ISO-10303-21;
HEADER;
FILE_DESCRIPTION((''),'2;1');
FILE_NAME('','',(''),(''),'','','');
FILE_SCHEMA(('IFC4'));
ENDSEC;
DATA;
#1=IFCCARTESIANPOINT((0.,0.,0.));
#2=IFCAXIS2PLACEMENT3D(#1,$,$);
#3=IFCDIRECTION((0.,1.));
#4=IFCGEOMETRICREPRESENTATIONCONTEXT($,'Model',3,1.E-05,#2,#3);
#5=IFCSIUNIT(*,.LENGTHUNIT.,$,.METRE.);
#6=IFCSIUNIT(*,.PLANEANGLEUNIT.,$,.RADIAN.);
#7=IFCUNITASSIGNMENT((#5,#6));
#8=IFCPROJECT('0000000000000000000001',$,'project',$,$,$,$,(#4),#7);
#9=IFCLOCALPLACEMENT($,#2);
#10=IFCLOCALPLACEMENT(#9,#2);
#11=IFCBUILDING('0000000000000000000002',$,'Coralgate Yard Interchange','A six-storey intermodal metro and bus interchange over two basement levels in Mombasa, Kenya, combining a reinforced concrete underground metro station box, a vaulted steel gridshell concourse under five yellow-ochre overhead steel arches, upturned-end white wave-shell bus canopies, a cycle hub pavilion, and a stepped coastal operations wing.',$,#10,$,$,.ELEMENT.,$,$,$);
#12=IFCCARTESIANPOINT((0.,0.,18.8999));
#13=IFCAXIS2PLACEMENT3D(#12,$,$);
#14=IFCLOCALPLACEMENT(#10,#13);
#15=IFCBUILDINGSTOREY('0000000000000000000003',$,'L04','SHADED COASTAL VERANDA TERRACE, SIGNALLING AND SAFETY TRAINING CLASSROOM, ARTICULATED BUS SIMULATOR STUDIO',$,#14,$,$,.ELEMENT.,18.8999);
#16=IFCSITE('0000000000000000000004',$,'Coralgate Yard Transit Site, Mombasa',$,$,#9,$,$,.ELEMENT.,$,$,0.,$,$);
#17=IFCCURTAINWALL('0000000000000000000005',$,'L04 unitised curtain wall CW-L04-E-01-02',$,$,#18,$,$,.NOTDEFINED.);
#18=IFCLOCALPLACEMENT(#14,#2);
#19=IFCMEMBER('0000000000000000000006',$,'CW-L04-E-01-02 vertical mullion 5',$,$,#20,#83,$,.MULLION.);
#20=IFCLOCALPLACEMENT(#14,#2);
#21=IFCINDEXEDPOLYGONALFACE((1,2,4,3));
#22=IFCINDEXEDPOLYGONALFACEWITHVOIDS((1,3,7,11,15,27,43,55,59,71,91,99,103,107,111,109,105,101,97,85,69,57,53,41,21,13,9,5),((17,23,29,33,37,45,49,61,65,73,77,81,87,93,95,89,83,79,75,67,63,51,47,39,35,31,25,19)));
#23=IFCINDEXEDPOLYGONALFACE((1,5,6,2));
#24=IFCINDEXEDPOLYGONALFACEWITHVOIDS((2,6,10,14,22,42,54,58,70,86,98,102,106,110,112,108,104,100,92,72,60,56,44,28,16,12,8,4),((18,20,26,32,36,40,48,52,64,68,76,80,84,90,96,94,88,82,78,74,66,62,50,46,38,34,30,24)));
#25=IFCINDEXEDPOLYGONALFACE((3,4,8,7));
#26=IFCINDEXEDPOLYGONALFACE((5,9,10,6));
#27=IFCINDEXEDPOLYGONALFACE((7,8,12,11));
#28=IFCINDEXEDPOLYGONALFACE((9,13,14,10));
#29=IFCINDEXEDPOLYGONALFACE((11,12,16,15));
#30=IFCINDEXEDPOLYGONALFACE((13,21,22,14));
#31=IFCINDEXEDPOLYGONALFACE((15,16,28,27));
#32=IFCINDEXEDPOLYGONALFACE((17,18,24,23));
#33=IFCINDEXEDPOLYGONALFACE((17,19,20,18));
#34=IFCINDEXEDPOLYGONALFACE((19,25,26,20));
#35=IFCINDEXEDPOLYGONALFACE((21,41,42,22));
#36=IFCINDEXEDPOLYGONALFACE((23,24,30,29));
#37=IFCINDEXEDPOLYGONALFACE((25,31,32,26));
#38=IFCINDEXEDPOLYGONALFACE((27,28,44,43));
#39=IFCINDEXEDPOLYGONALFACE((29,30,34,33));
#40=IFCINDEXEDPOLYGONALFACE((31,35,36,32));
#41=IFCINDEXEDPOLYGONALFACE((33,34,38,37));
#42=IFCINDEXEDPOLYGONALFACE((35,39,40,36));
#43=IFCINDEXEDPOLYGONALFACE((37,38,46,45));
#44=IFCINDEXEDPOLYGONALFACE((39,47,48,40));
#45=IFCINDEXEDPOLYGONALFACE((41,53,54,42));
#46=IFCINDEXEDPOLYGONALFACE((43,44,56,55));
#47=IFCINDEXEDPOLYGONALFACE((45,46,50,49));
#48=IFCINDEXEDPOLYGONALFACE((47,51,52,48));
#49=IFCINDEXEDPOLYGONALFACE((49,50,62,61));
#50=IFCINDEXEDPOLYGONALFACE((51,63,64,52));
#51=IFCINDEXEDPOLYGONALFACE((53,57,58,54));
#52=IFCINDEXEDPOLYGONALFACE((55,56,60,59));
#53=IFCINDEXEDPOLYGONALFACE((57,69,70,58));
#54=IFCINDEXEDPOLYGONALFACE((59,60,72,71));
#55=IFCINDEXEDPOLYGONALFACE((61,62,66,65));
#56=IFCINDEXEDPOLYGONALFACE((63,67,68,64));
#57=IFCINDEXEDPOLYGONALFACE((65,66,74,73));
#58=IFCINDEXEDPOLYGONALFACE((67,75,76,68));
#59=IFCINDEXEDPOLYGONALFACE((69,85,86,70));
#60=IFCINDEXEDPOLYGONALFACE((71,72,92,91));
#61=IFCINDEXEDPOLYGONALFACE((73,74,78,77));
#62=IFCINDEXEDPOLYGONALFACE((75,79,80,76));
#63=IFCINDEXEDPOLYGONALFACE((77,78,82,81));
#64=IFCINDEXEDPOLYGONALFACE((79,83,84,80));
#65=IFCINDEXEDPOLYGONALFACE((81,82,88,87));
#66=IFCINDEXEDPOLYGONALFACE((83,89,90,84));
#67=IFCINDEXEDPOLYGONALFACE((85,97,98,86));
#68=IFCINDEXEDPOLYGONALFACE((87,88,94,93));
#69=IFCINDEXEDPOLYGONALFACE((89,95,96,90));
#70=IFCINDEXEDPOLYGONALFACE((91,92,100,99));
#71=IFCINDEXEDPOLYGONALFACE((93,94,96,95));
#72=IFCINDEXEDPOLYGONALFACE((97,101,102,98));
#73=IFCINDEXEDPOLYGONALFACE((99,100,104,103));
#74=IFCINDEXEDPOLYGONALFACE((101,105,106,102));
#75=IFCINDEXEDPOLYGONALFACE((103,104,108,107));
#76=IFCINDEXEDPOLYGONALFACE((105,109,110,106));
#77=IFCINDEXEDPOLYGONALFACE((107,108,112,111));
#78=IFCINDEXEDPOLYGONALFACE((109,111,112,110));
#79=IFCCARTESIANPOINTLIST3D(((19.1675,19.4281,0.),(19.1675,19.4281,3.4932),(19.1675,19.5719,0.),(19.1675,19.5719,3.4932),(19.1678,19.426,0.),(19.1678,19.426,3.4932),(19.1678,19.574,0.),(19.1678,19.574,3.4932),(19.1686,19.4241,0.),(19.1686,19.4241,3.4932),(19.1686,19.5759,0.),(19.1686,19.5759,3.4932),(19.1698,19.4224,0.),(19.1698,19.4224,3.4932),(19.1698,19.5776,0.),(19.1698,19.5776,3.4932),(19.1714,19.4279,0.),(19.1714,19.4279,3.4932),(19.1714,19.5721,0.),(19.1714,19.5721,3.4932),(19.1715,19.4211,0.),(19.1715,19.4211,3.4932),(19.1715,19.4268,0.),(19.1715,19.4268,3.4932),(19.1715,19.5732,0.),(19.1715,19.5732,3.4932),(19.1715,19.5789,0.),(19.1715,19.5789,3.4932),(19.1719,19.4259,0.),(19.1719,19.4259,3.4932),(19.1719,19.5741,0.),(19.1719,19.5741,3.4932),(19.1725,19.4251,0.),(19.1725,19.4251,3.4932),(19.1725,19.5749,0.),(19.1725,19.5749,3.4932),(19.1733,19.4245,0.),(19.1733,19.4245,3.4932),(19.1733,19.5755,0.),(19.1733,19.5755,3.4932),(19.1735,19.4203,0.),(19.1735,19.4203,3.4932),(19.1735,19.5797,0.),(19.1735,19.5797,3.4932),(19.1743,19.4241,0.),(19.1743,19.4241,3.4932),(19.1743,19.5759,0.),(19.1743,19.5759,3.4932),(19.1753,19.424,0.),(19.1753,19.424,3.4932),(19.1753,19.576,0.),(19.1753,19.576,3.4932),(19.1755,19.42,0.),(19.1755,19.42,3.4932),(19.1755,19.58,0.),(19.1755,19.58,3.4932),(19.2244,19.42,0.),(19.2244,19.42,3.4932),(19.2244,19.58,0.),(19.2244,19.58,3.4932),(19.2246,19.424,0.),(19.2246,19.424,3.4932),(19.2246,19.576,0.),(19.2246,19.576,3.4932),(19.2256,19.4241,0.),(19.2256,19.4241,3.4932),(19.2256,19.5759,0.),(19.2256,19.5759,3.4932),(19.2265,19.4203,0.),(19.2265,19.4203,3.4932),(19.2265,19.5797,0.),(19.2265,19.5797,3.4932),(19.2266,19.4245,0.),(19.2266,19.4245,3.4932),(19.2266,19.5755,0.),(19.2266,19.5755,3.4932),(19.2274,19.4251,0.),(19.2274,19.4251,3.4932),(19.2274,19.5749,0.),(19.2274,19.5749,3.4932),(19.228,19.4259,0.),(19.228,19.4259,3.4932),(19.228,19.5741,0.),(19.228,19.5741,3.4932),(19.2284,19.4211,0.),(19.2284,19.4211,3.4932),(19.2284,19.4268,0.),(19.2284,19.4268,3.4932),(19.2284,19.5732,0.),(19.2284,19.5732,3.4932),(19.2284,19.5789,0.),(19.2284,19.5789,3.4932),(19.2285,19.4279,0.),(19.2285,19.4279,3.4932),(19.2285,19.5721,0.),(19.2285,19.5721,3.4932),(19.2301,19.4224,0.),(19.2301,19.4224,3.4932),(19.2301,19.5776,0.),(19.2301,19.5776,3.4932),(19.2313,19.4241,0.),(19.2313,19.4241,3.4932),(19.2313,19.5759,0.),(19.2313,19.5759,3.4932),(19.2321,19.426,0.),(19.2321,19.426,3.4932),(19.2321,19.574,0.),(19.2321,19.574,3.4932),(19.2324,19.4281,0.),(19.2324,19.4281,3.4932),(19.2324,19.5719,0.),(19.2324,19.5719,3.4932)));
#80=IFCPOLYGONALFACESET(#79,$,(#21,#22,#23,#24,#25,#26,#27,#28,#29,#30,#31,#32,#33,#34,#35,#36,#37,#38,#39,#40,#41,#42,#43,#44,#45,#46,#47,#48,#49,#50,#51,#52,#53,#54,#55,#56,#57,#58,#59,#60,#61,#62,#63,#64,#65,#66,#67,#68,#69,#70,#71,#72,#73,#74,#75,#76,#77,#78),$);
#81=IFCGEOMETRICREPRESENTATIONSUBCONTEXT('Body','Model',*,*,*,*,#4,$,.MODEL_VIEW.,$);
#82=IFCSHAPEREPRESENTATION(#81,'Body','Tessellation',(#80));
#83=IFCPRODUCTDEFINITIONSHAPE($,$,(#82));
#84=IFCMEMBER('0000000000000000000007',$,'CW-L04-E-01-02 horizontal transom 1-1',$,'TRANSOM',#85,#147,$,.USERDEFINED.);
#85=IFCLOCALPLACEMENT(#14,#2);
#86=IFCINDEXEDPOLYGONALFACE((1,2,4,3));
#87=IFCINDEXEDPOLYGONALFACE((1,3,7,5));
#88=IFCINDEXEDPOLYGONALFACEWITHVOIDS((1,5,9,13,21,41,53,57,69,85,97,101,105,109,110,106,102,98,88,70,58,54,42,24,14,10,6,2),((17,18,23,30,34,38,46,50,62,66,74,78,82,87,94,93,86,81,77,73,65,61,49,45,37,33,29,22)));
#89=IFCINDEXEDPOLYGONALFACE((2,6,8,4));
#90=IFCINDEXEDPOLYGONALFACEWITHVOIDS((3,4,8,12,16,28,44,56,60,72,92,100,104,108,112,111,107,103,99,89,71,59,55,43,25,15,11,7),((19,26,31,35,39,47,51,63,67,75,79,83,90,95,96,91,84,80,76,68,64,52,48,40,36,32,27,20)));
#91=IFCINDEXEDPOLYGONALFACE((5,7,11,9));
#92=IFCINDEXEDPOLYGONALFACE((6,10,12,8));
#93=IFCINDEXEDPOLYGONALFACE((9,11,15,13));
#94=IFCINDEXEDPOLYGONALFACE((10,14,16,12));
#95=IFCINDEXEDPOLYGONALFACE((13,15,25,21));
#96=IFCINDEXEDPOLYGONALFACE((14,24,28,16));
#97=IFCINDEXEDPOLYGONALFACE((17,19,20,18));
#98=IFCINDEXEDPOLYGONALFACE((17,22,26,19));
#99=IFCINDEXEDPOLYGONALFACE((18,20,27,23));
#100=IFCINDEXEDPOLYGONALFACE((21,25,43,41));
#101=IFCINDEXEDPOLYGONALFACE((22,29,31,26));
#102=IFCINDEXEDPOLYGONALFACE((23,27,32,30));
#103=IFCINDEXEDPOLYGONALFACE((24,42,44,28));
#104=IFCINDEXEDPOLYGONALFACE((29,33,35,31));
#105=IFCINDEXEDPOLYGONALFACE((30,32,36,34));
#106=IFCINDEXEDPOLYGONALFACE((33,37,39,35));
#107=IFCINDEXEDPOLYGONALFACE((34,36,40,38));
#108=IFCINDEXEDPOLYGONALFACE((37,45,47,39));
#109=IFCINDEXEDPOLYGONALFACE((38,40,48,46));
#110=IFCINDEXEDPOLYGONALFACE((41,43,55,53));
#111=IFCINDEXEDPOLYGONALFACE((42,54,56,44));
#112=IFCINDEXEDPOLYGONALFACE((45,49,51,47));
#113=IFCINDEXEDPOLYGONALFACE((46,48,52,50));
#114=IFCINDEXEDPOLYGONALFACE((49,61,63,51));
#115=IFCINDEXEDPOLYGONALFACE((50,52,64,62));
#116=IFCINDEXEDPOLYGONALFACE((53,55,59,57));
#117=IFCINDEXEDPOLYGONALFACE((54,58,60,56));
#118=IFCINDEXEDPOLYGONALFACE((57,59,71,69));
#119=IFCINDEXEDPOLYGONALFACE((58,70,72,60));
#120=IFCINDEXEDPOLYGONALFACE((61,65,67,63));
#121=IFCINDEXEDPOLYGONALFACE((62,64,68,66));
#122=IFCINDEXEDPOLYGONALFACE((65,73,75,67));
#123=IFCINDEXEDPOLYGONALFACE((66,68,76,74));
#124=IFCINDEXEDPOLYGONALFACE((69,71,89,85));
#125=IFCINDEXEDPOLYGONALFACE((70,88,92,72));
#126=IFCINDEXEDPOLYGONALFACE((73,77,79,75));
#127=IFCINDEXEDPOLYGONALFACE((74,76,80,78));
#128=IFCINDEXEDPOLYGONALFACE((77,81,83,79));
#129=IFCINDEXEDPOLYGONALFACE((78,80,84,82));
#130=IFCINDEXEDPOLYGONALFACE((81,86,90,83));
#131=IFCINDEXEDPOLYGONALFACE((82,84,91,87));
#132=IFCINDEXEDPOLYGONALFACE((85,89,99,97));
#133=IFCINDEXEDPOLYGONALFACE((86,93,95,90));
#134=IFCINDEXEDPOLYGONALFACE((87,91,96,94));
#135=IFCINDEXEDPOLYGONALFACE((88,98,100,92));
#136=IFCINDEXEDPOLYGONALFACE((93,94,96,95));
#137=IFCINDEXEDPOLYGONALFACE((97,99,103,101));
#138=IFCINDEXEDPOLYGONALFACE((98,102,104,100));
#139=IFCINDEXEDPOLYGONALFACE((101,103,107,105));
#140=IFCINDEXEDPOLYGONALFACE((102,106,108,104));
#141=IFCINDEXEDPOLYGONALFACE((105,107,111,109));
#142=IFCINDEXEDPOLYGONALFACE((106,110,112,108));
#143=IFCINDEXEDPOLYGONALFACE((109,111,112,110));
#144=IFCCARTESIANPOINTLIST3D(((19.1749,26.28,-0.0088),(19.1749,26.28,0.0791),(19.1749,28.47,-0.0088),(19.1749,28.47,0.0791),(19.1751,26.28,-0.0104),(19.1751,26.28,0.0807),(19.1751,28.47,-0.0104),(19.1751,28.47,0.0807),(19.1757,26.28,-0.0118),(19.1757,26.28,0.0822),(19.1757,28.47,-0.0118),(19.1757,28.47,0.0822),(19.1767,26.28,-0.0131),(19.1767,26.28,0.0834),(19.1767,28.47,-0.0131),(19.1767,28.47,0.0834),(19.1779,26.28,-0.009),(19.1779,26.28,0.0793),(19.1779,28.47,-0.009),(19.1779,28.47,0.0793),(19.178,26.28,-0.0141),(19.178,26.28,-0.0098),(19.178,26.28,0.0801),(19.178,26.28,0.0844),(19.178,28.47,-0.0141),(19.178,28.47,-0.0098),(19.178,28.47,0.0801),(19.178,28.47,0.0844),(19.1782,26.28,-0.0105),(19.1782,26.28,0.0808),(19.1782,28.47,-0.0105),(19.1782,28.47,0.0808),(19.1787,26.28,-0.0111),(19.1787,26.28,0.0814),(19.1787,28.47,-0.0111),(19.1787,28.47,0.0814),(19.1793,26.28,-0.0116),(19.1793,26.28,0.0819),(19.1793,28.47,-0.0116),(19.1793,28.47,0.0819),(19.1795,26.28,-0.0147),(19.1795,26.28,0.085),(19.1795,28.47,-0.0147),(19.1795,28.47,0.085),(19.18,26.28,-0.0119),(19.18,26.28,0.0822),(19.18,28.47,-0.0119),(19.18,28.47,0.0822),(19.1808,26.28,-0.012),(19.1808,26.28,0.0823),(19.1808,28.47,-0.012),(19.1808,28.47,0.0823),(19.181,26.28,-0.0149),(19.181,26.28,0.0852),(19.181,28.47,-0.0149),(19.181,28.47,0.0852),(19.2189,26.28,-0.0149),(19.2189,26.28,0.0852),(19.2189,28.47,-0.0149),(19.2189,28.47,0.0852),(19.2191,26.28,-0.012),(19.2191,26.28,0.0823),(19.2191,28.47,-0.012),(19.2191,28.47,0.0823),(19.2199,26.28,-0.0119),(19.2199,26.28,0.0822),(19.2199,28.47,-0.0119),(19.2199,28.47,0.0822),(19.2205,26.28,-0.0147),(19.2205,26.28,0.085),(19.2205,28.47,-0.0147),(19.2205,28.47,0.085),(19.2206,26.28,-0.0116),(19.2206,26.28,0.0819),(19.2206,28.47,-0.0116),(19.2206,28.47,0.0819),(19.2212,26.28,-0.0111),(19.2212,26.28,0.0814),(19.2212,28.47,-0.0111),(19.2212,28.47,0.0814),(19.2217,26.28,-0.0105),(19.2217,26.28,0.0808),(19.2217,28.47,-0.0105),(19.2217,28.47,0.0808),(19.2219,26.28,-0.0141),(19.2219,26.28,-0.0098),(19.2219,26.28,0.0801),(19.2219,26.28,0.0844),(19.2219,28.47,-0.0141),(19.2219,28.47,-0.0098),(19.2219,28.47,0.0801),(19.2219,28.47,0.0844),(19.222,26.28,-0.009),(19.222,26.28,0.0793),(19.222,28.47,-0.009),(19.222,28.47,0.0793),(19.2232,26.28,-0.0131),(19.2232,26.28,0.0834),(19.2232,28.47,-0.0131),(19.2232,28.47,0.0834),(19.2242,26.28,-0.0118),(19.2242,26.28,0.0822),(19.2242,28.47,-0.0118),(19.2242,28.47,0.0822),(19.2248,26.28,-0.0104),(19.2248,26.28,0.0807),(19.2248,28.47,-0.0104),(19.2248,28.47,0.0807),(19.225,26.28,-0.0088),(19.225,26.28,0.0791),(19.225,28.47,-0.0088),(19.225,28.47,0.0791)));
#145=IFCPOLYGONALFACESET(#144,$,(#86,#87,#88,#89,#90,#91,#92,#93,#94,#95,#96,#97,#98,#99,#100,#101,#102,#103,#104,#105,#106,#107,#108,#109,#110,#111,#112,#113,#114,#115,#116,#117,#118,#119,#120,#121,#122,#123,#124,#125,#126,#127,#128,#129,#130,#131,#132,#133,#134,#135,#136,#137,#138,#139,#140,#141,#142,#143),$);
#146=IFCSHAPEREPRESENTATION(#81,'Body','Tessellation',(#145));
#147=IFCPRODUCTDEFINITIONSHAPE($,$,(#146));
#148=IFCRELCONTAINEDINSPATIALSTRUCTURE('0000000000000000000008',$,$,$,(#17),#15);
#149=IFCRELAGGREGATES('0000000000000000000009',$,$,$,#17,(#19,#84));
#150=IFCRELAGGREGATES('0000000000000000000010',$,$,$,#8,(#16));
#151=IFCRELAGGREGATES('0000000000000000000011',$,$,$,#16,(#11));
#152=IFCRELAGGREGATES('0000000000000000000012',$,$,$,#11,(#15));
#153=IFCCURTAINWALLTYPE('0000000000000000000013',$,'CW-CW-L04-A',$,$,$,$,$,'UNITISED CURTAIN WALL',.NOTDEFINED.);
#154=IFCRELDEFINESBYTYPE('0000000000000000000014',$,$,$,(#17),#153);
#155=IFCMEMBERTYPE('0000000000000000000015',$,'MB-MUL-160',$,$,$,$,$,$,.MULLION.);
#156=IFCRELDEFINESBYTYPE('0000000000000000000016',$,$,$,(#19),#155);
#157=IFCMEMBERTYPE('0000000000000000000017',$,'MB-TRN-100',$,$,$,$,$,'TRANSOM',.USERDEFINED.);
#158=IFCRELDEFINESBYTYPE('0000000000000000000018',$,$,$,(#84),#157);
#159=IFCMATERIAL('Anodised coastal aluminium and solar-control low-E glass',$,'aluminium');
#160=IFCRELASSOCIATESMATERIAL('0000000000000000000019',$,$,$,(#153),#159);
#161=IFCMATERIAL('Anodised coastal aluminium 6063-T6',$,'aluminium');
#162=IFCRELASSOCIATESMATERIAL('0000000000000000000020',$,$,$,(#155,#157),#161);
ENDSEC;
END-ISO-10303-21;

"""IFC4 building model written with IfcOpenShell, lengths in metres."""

from ifc_helpers import new_model, si_unit, direction, frame, origin, origin_2d, place, context, subcontext, project, spatial, hollow_rectangle, extrude, material, material_profile, profile_set, type_object, element, aggregate, save


model = new_model("IFC4")

# Units and contexts
model_context = context("Model", 3, precision=1e-05, world=origin(), true_north=direction((0.0, 1.0)))
body_context = subcontext(model_context, "Body", "Model", "MODEL_VIEW")
ifc_project = project(units=[si_unit("LENGTHUNIT", "METRE"), si_unit("PLANEANGLEUNIT", "RADIAN")], contexts=[model_context])

# Site, building, storey
site_placement = place(None, origin())
site = spatial("IfcSite", under=ifc_project, at=site_placement, Name="Coralgate Yard Transit Site, Mombasa", CompositionType="ELEMENT", RefElevation=0.0)
building_placement = place(site_placement, origin())
building = spatial("IfcBuilding", under=site, at=building_placement, Name="Coralgate Yard Interchange", Description="A six-storey intermodal metro and bus interchange over two basement levels in Mombasa, Kenya, combining a reinforced concrete underground metro station box, a vaulted steel gridshell concourse under five yellow-ochre overhead steel arches, upturned-end white wave-shell bus canopies, a cycle hub pavilion, and a stepped coastal operations wing.", CompositionType="ELEMENT")
storey_placement = place(building_placement, frame((0.0, 0.0, 18.8999)))
storey = spatial("IfcBuildingStorey", under=building, at=storey_placement, Name="L04", Description="SHADED COASTAL VERANDA TERRACE, SIGNALLING AND SAFETY TRAINING CLASSROOM, ARTICULATED BUS SIMULATOR STUDIO", CompositionType="ELEMENT", Elevation=18.8999)

# Curtain wall, members
ifc_material_1 = material(Name="Anodised coastal aluminium and solar-control low-E glass", Category="aluminium")
curtain_wall_type = type_object("IfcCurtainWallType", Name="CW-CW-L04-A", ElementType="UNITISED CURTAIN WALL", PredefinedType="NOTDEFINED", material=ifc_material_1)
curtain_wall_placement = place(storey_placement, origin())
curtain_wall = element("IfcCurtainWall", 1, at=curtain_wall_placement, inside=storey, type_object=curtain_wall_type, Name="L04 unitised curtain wall CW-L04-E-01-02", PredefinedType="NOTDEFINED")
ifc_material_2 = material(Name="Anodised coastal aluminium 6063-T6", Category="aluminium")
ifc_material_profile_1 = material_profile(ifc_material_2, hollow_rectangle(XDim=0.0649, YDim=0.1599, WallThickness=0.0039, InnerFilletRadius=0.0039, OuterFilletRadius=0.0081, at=origin_2d()), Name="ALU 65x160x4")
ifc_profile_set_1 = profile_set([ifc_material_profile_1], Name="Anodised coastal aluminium 6063-T6")
member_type_1 = type_object("IfcMemberType", Name="MB-MUL-160", PredefinedType="MULLION", material=ifc_profile_set_1)
member_1_placement = place(storey_placement, frame((19.2, 19.5, 0.0), z_axis=(0.0, 0.0, 1.0), x_axis=(1.0, 0.0, 0.0)))
member_1 = element("IfcMember", 2, at=member_1_placement, type_object=member_type_1, Name="CW-L04-E-01-02 vertical mullion 5", PredefinedType="MULLION", context=body_context, shape_type="SweptSolid", body=[
    extrude(hollow_rectangle(XDim=0.0649, YDim=0.1599, WallThickness=0.0039, InnerFilletRadius=0.0039, OuterFilletRadius=0.0081, at=origin_2d()), origin(), (0.0, 0.0, 1.0), 3.4932),
])
ifc_material_profile_2 = material_profile(ifc_material_2, hollow_rectangle(XDim=0.05, YDim=0.1001, WallThickness=0.0029, InnerFilletRadius=0.0029, OuterFilletRadius=0.0061, at=origin_2d()), Name="ALU 50x100x3")
ifc_profile_set_2 = profile_set([ifc_material_profile_2], Name="Anodised coastal aluminium 6063-T6")
member_type_2 = type_object("IfcMemberType", Name="MB-TRN-100", ElementType="TRANSOM", PredefinedType="USERDEFINED", material=ifc_profile_set_2)
member_2_placement = place(storey_placement, frame((19.2, 28.47, 0.0352), z_axis=(0.0, -1.0, 0.0), x_axis=(1.0, 0.0, 0.0)))
member_2 = element("IfcMember", 3, at=member_2_placement, type_object=member_type_2, Name="CW-L04-E-01-02 horizontal transom 1-1", ObjectType="TRANSOM", PredefinedType="USERDEFINED", context=body_context, shape_type="SweptSolid", body=[
    extrude(hollow_rectangle(XDim=0.05, YDim=0.1001, WallThickness=0.0029, InnerFilletRadius=0.0029, OuterFilletRadius=0.0061, at=origin_2d()), origin(), (0.0, 0.0, 1.0), 2.1899),
])
aggregate(curtain_wall, [member_1, member_2])

save(model, "model.ifc")
